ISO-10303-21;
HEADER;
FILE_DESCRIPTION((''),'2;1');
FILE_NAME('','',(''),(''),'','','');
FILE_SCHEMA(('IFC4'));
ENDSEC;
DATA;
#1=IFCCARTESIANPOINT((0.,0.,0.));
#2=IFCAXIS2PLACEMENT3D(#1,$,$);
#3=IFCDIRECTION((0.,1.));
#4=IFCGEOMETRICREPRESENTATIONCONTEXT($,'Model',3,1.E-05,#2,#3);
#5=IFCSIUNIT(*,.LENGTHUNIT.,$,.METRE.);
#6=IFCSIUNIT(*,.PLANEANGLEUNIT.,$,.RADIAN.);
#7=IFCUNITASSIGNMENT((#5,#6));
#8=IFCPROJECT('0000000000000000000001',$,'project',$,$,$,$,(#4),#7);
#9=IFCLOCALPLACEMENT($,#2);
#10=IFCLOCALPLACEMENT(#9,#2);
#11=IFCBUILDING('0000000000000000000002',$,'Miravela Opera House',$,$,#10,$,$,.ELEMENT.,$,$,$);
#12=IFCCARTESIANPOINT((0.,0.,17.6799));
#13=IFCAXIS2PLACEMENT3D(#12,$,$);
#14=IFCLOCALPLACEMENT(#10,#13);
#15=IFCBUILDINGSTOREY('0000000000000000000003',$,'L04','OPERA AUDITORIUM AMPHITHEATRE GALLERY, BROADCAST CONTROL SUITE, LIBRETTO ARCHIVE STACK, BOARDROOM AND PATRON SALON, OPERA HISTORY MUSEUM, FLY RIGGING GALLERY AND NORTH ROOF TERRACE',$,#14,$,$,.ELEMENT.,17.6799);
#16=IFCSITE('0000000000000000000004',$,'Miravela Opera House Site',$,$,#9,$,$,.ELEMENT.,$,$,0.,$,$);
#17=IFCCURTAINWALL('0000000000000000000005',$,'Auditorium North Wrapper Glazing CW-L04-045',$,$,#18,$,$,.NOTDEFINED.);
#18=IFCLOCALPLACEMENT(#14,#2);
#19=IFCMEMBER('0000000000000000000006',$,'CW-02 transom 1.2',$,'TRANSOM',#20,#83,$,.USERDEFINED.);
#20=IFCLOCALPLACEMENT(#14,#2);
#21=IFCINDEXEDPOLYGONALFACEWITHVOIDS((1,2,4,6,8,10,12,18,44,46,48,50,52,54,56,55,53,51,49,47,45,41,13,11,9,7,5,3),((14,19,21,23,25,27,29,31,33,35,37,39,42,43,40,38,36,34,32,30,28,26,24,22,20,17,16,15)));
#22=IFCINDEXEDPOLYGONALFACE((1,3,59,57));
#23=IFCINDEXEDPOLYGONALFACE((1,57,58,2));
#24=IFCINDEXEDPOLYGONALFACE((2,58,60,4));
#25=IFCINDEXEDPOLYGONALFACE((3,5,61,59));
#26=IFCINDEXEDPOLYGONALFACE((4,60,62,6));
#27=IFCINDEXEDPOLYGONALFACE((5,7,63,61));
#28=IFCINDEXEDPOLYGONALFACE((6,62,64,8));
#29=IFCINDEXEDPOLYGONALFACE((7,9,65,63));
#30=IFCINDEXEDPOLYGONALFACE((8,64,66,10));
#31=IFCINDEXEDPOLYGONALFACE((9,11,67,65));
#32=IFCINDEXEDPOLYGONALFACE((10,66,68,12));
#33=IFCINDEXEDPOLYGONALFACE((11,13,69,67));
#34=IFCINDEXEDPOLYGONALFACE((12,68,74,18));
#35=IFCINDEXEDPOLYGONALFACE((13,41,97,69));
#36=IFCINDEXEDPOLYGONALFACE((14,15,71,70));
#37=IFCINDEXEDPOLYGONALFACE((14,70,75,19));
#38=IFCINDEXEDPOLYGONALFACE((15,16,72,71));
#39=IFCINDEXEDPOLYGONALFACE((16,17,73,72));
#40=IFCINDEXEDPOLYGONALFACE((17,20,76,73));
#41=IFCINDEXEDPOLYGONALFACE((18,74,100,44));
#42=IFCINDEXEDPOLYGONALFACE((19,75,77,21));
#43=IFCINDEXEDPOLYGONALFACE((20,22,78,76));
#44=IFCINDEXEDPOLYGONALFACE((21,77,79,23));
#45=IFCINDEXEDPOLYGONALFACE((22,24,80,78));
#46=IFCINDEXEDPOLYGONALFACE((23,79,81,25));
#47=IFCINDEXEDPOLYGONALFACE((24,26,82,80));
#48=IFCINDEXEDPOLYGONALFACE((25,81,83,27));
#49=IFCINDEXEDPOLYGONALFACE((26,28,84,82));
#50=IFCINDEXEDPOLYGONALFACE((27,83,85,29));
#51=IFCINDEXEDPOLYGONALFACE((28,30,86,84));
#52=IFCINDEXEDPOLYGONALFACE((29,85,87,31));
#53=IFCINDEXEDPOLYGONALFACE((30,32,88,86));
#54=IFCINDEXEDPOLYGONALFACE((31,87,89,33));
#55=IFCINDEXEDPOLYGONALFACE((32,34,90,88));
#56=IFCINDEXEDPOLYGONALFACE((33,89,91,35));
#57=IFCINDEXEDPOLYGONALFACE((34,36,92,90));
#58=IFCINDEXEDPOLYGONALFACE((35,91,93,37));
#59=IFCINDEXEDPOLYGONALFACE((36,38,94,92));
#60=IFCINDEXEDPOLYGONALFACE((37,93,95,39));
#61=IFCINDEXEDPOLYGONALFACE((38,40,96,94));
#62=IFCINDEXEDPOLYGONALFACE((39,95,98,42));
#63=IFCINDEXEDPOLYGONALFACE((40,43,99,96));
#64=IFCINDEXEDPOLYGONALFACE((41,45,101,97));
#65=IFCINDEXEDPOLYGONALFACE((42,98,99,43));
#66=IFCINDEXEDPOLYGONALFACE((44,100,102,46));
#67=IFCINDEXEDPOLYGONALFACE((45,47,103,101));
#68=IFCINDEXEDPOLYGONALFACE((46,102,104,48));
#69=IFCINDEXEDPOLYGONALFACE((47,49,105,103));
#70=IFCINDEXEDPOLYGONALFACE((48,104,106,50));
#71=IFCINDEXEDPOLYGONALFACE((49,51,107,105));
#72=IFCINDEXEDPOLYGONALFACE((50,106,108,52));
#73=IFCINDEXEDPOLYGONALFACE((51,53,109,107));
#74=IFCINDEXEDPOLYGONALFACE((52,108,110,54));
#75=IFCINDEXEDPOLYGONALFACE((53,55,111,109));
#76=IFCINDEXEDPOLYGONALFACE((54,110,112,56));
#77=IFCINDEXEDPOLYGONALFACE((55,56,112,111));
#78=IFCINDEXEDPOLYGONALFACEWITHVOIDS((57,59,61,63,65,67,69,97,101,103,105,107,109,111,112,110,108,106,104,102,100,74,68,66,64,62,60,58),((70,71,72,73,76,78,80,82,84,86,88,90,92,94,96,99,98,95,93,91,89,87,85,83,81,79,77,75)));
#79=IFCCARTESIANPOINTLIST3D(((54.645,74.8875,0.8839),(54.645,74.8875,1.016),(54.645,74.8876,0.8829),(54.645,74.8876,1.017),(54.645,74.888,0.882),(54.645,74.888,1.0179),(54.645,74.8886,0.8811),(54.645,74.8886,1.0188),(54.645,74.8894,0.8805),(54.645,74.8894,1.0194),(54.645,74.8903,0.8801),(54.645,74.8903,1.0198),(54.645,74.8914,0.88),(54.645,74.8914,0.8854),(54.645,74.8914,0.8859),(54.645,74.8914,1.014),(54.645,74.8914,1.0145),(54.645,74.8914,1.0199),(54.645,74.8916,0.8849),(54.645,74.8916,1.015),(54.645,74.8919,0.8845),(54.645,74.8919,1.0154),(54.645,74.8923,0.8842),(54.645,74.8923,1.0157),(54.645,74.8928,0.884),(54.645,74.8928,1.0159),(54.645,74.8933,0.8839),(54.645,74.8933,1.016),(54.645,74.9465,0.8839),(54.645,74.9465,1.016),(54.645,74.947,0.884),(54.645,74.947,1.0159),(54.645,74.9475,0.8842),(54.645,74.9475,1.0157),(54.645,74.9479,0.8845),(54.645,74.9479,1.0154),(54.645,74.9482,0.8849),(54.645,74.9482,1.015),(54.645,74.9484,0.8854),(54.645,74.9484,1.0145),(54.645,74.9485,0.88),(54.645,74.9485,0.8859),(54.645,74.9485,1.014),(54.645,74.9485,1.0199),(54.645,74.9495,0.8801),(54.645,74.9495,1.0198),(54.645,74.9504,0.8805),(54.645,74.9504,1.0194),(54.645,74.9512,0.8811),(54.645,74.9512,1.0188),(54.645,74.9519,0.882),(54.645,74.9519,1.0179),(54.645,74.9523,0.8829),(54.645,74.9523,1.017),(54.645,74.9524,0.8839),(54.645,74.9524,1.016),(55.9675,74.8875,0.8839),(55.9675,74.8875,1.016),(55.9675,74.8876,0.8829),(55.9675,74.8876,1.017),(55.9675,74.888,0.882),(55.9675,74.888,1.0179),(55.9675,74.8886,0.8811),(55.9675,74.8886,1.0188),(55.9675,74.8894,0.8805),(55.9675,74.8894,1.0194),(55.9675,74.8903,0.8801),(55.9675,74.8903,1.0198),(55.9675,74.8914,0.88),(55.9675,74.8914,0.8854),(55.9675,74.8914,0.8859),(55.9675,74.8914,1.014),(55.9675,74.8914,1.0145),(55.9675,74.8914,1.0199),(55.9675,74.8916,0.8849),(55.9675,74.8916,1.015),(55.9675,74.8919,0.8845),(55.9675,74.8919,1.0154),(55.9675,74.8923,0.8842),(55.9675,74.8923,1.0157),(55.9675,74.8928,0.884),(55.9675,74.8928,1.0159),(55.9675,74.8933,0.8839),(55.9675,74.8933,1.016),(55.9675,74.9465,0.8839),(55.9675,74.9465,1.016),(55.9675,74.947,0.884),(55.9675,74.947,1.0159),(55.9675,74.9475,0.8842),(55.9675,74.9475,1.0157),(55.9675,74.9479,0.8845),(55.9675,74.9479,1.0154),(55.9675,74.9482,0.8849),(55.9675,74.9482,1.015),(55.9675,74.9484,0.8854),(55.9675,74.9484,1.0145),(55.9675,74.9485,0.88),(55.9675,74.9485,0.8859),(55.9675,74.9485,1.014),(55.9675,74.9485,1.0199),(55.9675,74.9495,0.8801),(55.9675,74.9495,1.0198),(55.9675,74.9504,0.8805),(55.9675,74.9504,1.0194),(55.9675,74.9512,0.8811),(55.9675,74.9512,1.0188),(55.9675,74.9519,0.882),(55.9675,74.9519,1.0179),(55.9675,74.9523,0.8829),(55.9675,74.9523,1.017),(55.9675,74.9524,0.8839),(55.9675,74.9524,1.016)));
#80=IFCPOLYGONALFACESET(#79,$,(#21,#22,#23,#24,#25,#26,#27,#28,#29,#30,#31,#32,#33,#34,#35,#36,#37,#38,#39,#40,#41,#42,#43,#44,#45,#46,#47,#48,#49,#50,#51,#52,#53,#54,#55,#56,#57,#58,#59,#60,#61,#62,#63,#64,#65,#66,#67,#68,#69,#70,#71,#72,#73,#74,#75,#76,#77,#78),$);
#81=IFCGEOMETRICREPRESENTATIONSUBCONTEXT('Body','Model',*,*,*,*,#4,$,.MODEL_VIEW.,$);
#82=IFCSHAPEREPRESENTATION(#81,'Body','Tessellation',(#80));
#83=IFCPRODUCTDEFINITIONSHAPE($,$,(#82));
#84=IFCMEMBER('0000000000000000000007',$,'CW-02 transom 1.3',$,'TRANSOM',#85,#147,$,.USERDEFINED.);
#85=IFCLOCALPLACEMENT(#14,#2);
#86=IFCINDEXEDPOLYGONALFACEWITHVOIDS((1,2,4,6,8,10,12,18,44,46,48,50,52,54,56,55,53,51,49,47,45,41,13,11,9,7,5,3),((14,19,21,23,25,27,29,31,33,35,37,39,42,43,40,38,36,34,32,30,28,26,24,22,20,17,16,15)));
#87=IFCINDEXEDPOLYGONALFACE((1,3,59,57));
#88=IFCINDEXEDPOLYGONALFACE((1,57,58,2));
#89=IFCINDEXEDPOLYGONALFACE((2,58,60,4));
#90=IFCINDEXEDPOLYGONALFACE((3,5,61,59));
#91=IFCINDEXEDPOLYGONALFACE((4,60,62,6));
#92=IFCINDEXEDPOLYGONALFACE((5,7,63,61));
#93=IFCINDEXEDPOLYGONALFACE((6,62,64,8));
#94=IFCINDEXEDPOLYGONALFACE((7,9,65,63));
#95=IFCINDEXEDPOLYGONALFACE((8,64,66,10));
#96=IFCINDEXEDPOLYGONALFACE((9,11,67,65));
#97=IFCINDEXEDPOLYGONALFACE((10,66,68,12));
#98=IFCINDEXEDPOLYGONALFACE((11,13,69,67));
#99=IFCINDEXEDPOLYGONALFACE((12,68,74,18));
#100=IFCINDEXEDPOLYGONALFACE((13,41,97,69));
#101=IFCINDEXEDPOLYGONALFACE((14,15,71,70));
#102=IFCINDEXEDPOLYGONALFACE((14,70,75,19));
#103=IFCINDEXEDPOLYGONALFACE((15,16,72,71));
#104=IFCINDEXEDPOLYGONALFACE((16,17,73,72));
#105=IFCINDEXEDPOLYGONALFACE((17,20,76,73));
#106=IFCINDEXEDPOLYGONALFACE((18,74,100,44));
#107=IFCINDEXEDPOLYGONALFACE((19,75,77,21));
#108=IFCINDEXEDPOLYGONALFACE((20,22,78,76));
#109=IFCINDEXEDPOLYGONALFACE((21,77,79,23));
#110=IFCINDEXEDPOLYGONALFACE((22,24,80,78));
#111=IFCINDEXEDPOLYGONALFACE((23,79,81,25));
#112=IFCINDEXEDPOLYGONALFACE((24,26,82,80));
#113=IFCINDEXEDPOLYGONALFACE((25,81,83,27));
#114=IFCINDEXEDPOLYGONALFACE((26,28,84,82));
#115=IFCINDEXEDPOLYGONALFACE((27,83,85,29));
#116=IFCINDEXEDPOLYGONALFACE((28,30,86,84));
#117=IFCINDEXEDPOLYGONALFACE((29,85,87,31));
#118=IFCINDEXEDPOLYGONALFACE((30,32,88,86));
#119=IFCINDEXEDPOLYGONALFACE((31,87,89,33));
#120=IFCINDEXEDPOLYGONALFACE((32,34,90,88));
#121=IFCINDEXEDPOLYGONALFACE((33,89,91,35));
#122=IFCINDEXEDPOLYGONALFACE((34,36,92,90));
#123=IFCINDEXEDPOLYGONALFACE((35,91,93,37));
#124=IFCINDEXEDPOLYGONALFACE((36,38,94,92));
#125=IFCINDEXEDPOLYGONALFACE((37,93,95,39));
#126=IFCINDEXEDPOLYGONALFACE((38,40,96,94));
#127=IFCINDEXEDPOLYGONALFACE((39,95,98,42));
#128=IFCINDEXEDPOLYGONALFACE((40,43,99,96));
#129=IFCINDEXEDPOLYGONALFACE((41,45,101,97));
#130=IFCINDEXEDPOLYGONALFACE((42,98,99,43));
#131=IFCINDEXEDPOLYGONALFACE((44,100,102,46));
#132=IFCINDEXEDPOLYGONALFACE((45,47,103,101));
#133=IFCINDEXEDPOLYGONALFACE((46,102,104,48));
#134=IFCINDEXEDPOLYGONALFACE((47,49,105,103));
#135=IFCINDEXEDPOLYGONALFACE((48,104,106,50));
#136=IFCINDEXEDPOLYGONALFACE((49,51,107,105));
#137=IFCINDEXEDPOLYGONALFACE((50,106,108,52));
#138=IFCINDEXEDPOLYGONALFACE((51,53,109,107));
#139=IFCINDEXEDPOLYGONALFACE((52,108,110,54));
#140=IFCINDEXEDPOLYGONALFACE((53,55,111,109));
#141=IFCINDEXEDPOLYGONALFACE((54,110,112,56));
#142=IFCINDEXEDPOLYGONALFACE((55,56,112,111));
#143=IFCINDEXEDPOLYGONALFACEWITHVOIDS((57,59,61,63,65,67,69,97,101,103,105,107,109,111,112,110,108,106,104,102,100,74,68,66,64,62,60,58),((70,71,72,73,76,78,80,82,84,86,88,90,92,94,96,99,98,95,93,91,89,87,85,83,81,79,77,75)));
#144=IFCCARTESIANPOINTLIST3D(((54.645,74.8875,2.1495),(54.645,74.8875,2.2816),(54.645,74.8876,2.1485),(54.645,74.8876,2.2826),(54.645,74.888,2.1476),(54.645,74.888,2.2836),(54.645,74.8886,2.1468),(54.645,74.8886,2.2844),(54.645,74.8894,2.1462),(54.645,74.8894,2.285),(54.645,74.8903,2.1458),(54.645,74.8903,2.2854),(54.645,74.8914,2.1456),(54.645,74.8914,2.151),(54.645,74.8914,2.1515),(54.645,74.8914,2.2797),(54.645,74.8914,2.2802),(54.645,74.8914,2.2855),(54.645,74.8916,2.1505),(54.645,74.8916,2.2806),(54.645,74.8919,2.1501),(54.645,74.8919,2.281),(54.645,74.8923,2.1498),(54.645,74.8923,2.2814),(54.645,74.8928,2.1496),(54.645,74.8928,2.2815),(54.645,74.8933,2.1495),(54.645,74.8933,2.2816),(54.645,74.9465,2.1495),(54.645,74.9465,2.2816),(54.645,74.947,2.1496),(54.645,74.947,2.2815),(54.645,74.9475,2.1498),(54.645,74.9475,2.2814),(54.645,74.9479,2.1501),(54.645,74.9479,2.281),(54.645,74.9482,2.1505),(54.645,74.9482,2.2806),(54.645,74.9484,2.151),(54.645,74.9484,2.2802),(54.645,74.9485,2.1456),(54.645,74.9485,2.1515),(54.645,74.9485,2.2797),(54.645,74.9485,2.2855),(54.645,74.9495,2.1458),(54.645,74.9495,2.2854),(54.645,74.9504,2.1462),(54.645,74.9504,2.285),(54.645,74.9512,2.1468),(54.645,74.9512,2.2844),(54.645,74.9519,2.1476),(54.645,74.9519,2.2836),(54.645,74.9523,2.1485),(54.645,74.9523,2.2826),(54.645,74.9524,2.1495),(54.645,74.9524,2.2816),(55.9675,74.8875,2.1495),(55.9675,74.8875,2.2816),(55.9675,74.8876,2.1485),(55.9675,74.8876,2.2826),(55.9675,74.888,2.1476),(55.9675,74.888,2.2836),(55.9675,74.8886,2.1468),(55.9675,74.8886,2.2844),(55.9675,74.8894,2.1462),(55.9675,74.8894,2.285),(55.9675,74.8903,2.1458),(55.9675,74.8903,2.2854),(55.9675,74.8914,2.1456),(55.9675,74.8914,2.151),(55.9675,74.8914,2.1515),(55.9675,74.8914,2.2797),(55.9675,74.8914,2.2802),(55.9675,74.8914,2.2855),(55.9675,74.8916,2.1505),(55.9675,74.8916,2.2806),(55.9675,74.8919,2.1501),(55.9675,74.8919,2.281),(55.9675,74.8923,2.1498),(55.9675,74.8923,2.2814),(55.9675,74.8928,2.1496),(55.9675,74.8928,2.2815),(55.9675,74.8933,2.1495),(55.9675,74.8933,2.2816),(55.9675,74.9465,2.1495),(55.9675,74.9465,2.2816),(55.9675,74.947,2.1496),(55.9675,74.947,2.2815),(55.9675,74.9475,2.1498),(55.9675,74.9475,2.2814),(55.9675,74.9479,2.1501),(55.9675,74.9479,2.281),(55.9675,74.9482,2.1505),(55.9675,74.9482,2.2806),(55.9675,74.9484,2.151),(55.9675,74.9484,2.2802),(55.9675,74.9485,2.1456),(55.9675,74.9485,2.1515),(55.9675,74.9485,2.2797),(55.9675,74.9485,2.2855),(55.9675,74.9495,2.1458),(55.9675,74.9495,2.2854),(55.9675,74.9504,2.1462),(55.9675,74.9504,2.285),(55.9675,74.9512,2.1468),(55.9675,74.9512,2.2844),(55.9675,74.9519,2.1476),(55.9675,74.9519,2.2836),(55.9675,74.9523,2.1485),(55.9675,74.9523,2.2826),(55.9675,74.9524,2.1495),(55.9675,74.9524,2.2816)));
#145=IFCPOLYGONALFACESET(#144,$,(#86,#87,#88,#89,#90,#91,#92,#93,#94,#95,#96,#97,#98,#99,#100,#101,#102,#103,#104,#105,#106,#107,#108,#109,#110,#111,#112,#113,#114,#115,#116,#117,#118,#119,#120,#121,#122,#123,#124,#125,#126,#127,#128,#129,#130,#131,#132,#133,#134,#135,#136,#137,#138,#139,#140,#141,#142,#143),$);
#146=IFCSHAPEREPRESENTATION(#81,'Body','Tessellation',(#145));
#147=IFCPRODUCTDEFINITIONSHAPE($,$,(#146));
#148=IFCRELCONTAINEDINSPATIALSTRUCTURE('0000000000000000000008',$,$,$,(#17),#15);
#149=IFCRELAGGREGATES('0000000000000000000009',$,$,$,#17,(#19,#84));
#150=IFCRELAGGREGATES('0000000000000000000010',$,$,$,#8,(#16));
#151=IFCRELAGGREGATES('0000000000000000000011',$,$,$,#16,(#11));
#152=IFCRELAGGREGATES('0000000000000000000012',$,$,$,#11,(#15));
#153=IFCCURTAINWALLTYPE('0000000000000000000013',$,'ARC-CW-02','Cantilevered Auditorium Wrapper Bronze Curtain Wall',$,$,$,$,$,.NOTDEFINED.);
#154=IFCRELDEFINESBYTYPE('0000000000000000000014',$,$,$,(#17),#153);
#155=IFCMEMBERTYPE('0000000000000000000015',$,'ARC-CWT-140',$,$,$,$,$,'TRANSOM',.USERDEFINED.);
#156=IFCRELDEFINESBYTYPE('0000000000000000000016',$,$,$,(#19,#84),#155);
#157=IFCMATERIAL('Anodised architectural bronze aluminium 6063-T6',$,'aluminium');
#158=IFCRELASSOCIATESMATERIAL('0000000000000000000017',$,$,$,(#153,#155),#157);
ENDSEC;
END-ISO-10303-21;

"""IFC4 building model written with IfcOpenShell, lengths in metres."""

from ifc_helpers import new_model, si_unit, direction, frame, origin, origin_2d, place, context, subcontext, project, spatial, hollow_rectangle, extrude, material, material_profile, profile_set, type_object, element, aggregate, save


model = new_model("IFC4")

# Units and contexts
model_context = context("Model", 3, precision=1e-05, world=origin(), true_north=direction((0.0, 1.0)))
body_context = subcontext(model_context, "Body", "Model", "MODEL_VIEW")
ifc_project = project(units=[si_unit("LENGTHUNIT", "METRE"), si_unit("PLANEANGLEUNIT", "RADIAN")], contexts=[model_context])

# Site, building, storey
site_placement = place(None, origin())
site = spatial("IfcSite", under=ifc_project, at=site_placement, Name="Miravela Opera House Site", CompositionType="ELEMENT", RefElevation=0.0)
building_placement = place(site_placement, origin())
building = spatial("IfcBuilding", under=site, at=building_placement, Name="Miravela Opera House", CompositionType="ELEMENT")
storey_placement = place(building_placement, frame((0.0, 0.0, 17.6799)))
storey = spatial("IfcBuildingStorey", under=building, at=storey_placement, Name="L04", Description="OPERA AUDITORIUM AMPHITHEATRE GALLERY, BROADCAST CONTROL SUITE, LIBRETTO ARCHIVE STACK, BOARDROOM AND PATRON SALON, OPERA HISTORY MUSEUM, FLY RIGGING GALLERY AND NORTH ROOF TERRACE", CompositionType="ELEMENT", Elevation=17.6799)

# Shared definitions
ifc_material_1 = material(Name="Anodised architectural bronze aluminium 6063-T6", Category="aluminium")
curtain_wall_type = type_object("IfcCurtainWallType", Name="ARC-CW-02", Description="Cantilevered Auditorium Wrapper Bronze Curtain Wall", PredefinedType="NOTDEFINED", material=ifc_material_1)

# Curtain wall
curtain_wall_1_placement = place(storey_placement, origin())
curtain_wall_1 = element("IfcCurtainWall", 1, at=curtain_wall_1_placement, inside=storey, type_object=curtain_wall_type, Name="Auditorium North Wrapper Glazing CW-L04-045", PredefinedType="NOTDEFINED")

# Members
ifc_material_profile_1 = material_profile(ifc_material_1, hollow_rectangle(XDim=0.0649, YDim=0.1399, WallThickness=0.0039, InnerFilletRadius=0.002, OuterFilletRadius=0.0039, at=origin_2d()), Name="CWT-65X140")
ifc_profile_set_1 = profile_set([ifc_material_profile_1])
member_type_1 = type_object("IfcMemberType", Name="ARC-CWT-140", ElementType="TRANSOM", PredefinedType="USERDEFINED", material=ifc_profile_set_1)
member_1_placement = place(storey_placement, frame((54.645, 74.9199, 0.95), z_axis=(1.0, 0.0, 0.0), x_axis=(0.0, 1.0, 0.0)))
member_1 = element("IfcMember", 2, at=member_1_placement, type_object=member_type_1, Name="CW-02 transom 1.2", ObjectType="TRANSOM", PredefinedType="USERDEFINED", context=body_context, shape_type="SweptSolid", body=[
    extrude(hollow_rectangle(XDim=0.0649, YDim=0.1399, WallThickness=0.0039, InnerFilletRadius=0.002, OuterFilletRadius=0.0039, at=origin_2d()), origin(), (0.0, 0.0, 1.0), 1.3225),
])
member_2_placement = place(storey_placement, frame((54.645, 74.9199, 2.2156), z_axis=(1.0, 0.0, 0.0), x_axis=(0.0, 1.0, 0.0)))
member_2 = element("IfcMember", 3, at=member_2_placement, type_object=member_type_1, Name="CW-02 transom 1.3", ObjectType="TRANSOM", PredefinedType="USERDEFINED", context=body_context, shape_type="SweptSolid", body=[
    extrude(hollow_rectangle(XDim=0.0649, YDim=0.1399, WallThickness=0.0039, InnerFilletRadius=0.002, OuterFilletRadius=0.0039, at=origin_2d()), origin(), (0.0, 0.0, 1.0), 1.3225),
])
aggregate(curtain_wall_1, [member_1, member_2])

save(model, "model.ifc")
